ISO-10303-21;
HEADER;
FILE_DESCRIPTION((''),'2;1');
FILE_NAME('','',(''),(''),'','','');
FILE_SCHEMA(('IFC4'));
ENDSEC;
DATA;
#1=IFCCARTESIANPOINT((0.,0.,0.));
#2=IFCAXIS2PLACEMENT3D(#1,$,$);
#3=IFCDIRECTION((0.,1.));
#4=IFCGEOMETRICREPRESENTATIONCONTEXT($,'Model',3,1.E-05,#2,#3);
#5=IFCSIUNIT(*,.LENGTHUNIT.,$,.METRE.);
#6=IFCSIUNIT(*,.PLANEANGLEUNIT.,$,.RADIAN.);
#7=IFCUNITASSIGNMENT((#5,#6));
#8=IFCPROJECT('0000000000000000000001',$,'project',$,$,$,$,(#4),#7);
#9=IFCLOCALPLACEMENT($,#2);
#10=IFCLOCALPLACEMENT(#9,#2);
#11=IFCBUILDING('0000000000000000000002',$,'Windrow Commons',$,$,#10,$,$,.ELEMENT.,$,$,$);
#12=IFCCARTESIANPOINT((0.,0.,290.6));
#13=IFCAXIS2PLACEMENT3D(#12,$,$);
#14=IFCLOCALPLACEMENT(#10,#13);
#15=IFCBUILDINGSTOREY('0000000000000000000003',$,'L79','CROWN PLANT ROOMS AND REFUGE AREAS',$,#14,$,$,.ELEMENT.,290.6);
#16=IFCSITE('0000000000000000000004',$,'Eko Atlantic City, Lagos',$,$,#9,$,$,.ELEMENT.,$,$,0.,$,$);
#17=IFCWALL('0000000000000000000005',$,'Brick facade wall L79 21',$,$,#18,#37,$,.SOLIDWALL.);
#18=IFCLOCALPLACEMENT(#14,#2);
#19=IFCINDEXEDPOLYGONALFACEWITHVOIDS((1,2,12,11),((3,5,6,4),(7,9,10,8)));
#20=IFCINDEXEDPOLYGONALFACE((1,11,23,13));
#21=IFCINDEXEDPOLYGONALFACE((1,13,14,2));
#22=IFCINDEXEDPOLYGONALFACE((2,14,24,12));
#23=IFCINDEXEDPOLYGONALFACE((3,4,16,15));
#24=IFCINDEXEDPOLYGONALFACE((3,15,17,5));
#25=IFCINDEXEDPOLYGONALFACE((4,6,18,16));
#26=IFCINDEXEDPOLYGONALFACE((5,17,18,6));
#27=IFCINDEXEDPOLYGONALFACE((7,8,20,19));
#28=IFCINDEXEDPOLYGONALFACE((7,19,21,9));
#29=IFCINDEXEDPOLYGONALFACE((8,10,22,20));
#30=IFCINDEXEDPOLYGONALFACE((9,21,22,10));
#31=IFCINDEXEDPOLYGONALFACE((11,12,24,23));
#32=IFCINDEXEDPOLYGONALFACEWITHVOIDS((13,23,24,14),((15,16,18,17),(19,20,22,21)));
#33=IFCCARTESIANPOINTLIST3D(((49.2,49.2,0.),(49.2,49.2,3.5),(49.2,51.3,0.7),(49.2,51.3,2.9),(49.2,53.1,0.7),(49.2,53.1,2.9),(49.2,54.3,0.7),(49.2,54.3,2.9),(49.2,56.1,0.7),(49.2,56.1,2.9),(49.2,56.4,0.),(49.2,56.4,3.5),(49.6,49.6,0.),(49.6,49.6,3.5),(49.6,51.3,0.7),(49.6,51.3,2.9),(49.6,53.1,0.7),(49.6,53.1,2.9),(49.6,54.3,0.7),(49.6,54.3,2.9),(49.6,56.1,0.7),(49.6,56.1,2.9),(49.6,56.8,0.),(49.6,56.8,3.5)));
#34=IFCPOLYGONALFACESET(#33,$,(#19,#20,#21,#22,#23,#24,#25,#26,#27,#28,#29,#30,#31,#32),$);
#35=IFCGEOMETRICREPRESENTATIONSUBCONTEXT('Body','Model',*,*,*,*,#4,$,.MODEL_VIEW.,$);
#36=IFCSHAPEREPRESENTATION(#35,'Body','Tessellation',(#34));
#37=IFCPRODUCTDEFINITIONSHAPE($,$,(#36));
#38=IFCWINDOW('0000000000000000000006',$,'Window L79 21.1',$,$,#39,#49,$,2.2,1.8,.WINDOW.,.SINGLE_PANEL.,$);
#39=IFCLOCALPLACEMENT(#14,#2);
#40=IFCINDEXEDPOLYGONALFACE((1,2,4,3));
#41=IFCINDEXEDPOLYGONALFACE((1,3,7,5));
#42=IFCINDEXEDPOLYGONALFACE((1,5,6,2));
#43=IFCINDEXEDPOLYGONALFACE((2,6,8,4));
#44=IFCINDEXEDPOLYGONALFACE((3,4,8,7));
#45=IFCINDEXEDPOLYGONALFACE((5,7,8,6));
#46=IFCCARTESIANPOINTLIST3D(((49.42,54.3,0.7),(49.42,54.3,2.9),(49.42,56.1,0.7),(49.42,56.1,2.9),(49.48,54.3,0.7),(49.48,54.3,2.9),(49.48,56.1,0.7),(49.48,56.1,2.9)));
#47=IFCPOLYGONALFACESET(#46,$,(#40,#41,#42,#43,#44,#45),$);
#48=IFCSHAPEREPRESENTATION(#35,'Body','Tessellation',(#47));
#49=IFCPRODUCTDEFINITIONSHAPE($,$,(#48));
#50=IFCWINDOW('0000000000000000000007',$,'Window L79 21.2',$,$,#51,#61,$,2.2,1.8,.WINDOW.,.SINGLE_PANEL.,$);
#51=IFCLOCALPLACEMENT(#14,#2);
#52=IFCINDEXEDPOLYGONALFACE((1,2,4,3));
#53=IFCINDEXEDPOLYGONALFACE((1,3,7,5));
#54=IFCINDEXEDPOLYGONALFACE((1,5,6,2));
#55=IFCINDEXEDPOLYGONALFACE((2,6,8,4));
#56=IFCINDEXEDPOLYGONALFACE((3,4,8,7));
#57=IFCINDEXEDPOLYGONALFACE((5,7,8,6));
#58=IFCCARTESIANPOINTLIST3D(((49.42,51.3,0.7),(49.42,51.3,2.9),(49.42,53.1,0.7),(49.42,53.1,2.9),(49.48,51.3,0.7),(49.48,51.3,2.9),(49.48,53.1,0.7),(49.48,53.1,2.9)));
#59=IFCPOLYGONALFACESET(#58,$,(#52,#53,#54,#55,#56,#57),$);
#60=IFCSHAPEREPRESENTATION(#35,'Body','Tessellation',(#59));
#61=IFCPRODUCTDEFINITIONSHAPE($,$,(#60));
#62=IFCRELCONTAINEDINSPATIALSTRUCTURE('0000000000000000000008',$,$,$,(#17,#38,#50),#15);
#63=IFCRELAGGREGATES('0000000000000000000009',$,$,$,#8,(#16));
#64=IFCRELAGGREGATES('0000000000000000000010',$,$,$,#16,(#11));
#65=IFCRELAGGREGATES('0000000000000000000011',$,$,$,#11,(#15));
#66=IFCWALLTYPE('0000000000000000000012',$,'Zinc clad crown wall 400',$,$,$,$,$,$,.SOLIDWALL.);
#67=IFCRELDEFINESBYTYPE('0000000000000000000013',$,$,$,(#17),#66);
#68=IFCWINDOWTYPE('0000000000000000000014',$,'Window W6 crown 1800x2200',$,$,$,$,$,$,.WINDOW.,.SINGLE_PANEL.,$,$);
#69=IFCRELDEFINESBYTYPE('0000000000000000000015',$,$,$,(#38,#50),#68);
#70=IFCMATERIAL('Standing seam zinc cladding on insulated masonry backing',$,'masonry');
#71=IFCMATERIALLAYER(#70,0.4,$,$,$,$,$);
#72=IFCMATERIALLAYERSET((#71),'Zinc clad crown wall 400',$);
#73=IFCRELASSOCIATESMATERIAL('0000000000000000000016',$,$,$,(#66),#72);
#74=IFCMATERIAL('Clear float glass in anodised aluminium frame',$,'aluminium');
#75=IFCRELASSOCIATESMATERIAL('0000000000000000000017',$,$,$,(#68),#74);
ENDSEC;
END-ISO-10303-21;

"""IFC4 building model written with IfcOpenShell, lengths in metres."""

from ifc_helpers import new_model, si_unit, direction, frame, frame_2d, origin, place, context, subcontext, project, spatial, polyline, rectangle, outline, extrude, material, layer, layer_set, type_object, element, fill, save


model = new_model("IFC4")

# Units and contexts
model_context = context("Model", 3, precision=1e-05, world=origin(), true_north=direction((0.0, 1.0)))
body_context = subcontext(model_context, "Body", "Model", "MODEL_VIEW")
ifc_project = project(units=[si_unit("LENGTHUNIT", "METRE"), si_unit("PLANEANGLEUNIT", "RADIAN")], contexts=[model_context])

# Site, building, storey
site_placement = place(None, origin())
site = spatial("IfcSite", under=ifc_project, at=site_placement, Name="Eko Atlantic City, Lagos", CompositionType="ELEMENT", RefElevation=0.0)
building_placement = place(site_placement, origin())
building = spatial("IfcBuilding", under=site, at=building_placement, Name="Windrow Commons", CompositionType="ELEMENT")
storey_placement = place(building_placement, frame((0.0, 0.0, 290.6)))
storey = spatial("IfcBuildingStorey", under=building, at=storey_placement, Name="L79", Description="CROWN PLANT ROOMS AND REFUGE AREAS", CompositionType="ELEMENT", Elevation=290.6)

# Wall, openings, windows
ifc_material_1 = material(Name="Standing seam zinc cladding on insulated masonry backing", Category="masonry")
ifc_layer_1 = layer(ifc_material_1, 0.4)
ifc_layer_set_1 = layer_set([ifc_layer_1], Name="Zinc clad crown wall 400")
wall_type_1 = type_object("IfcWallType", Name="Zinc clad crown wall 400", PredefinedType="SOLIDWALL", material=ifc_layer_set_1)
ifc_material_2 = material(Name="Clear float glass in anodised aluminium frame", Category="aluminium")
window_type = type_object("IfcWindowType", Name="Window W6 crown 1800x2200", PartitioningType="SINGLE_PANEL", PredefinedType="WINDOW", material=ifc_material_2)
wall_1_placement = place(storey_placement, frame((49.4, 56.6, 0.0), z_axis=(0.0, 0.0, 1.0), x_axis=(0.0, -1.0, 0.0)))
wall_1 = element("IfcWall", 1, at=wall_1_placement, inside=storey, type_object=wall_type_1, Name="Brick facade wall L79 21", PredefinedType="SOLIDWALL", context=body_context, shape_type="SweptSolid", body=[
    extrude(outline(polyline([(0.2, -0.2), (7.4, -0.2), (7.0, 0.2), (-0.2, 0.2), (0.2, -0.2)])), origin(), (0.0, 0.0, 1.0), 3.5),
])
opening_1_placement = place(wall_1_placement, frame((0.5, 0.0, 0.7)))
opening_1 = element("IfcOpeningElement", 2, at=opening_1_placement, cuts=wall_1, PredefinedType="OPENING", context=body_context, shape_type="SweptSolid", body=[
    extrude(rectangle(XDim=1.8, YDim=2.2, at=frame_2d((0.9, 1.1))), frame((0.0, 0.21, 0.0), z_axis=(0.0, -1.0, 0.0), x_axis=(1.0, 0.0, 0.0)), (0.0, 0.0, 1.0), 0.42),
])
opening_2_placement = place(wall_1_placement, frame((3.5, 0.0, 0.7)))
opening_2 = element("IfcOpeningElement", 3, at=opening_2_placement, cuts=wall_1, PredefinedType="OPENING", context=body_context, shape_type="SweptSolid", body=[
    extrude(rectangle(XDim=1.8, YDim=2.2, at=frame_2d((0.9, 1.1))), frame((0.0, 0.21, 0.0), z_axis=(0.0, -1.0, 0.0), x_axis=(1.0, 0.0, 0.0)), (0.0, 0.0, 1.0), 0.42),
])
window_1_placement = place(opening_1_placement, origin())
window_1 = element("IfcWindow", 4, at=window_1_placement, inside=storey, type_object=window_type, Name="Window L79 21.1", OverallHeight=2.2, OverallWidth=1.8, PartitioningType="SINGLE_PANEL", PredefinedType="WINDOW", context=body_context, shape_type="SweptSolid", body=[
    extrude(rectangle(XDim=1.8, YDim=2.2, at=frame_2d((0.9, 1.1))), frame((0.0, 0.08, 0.0), z_axis=(0.0, -1.0, 0.0), x_axis=(1.0, 0.0, 0.0)), (0.0, 0.0, 1.0), 0.06),
])
fill(opening_1, window_1)
window_2_placement = place(opening_2_placement, origin())
window_2 = element("IfcWindow", 5, at=window_2_placement, inside=storey, type_object=window_type, Name="Window L79 21.2", OverallHeight=2.2, OverallWidth=1.8, PartitioningType="SINGLE_PANEL", PredefinedType="WINDOW", context=body_context, shape_type="SweptSolid", body=[
    extrude(rectangle(XDim=1.8, YDim=2.2, at=frame_2d((0.9, 1.1))), frame((0.0, 0.08, 0.0), z_axis=(0.0, -1.0, 0.0), x_axis=(1.0, 0.0, 0.0)), (0.0, 0.0, 1.0), 0.06),
])
fill(opening_2, window_2)

save(model, "model.ifc")
